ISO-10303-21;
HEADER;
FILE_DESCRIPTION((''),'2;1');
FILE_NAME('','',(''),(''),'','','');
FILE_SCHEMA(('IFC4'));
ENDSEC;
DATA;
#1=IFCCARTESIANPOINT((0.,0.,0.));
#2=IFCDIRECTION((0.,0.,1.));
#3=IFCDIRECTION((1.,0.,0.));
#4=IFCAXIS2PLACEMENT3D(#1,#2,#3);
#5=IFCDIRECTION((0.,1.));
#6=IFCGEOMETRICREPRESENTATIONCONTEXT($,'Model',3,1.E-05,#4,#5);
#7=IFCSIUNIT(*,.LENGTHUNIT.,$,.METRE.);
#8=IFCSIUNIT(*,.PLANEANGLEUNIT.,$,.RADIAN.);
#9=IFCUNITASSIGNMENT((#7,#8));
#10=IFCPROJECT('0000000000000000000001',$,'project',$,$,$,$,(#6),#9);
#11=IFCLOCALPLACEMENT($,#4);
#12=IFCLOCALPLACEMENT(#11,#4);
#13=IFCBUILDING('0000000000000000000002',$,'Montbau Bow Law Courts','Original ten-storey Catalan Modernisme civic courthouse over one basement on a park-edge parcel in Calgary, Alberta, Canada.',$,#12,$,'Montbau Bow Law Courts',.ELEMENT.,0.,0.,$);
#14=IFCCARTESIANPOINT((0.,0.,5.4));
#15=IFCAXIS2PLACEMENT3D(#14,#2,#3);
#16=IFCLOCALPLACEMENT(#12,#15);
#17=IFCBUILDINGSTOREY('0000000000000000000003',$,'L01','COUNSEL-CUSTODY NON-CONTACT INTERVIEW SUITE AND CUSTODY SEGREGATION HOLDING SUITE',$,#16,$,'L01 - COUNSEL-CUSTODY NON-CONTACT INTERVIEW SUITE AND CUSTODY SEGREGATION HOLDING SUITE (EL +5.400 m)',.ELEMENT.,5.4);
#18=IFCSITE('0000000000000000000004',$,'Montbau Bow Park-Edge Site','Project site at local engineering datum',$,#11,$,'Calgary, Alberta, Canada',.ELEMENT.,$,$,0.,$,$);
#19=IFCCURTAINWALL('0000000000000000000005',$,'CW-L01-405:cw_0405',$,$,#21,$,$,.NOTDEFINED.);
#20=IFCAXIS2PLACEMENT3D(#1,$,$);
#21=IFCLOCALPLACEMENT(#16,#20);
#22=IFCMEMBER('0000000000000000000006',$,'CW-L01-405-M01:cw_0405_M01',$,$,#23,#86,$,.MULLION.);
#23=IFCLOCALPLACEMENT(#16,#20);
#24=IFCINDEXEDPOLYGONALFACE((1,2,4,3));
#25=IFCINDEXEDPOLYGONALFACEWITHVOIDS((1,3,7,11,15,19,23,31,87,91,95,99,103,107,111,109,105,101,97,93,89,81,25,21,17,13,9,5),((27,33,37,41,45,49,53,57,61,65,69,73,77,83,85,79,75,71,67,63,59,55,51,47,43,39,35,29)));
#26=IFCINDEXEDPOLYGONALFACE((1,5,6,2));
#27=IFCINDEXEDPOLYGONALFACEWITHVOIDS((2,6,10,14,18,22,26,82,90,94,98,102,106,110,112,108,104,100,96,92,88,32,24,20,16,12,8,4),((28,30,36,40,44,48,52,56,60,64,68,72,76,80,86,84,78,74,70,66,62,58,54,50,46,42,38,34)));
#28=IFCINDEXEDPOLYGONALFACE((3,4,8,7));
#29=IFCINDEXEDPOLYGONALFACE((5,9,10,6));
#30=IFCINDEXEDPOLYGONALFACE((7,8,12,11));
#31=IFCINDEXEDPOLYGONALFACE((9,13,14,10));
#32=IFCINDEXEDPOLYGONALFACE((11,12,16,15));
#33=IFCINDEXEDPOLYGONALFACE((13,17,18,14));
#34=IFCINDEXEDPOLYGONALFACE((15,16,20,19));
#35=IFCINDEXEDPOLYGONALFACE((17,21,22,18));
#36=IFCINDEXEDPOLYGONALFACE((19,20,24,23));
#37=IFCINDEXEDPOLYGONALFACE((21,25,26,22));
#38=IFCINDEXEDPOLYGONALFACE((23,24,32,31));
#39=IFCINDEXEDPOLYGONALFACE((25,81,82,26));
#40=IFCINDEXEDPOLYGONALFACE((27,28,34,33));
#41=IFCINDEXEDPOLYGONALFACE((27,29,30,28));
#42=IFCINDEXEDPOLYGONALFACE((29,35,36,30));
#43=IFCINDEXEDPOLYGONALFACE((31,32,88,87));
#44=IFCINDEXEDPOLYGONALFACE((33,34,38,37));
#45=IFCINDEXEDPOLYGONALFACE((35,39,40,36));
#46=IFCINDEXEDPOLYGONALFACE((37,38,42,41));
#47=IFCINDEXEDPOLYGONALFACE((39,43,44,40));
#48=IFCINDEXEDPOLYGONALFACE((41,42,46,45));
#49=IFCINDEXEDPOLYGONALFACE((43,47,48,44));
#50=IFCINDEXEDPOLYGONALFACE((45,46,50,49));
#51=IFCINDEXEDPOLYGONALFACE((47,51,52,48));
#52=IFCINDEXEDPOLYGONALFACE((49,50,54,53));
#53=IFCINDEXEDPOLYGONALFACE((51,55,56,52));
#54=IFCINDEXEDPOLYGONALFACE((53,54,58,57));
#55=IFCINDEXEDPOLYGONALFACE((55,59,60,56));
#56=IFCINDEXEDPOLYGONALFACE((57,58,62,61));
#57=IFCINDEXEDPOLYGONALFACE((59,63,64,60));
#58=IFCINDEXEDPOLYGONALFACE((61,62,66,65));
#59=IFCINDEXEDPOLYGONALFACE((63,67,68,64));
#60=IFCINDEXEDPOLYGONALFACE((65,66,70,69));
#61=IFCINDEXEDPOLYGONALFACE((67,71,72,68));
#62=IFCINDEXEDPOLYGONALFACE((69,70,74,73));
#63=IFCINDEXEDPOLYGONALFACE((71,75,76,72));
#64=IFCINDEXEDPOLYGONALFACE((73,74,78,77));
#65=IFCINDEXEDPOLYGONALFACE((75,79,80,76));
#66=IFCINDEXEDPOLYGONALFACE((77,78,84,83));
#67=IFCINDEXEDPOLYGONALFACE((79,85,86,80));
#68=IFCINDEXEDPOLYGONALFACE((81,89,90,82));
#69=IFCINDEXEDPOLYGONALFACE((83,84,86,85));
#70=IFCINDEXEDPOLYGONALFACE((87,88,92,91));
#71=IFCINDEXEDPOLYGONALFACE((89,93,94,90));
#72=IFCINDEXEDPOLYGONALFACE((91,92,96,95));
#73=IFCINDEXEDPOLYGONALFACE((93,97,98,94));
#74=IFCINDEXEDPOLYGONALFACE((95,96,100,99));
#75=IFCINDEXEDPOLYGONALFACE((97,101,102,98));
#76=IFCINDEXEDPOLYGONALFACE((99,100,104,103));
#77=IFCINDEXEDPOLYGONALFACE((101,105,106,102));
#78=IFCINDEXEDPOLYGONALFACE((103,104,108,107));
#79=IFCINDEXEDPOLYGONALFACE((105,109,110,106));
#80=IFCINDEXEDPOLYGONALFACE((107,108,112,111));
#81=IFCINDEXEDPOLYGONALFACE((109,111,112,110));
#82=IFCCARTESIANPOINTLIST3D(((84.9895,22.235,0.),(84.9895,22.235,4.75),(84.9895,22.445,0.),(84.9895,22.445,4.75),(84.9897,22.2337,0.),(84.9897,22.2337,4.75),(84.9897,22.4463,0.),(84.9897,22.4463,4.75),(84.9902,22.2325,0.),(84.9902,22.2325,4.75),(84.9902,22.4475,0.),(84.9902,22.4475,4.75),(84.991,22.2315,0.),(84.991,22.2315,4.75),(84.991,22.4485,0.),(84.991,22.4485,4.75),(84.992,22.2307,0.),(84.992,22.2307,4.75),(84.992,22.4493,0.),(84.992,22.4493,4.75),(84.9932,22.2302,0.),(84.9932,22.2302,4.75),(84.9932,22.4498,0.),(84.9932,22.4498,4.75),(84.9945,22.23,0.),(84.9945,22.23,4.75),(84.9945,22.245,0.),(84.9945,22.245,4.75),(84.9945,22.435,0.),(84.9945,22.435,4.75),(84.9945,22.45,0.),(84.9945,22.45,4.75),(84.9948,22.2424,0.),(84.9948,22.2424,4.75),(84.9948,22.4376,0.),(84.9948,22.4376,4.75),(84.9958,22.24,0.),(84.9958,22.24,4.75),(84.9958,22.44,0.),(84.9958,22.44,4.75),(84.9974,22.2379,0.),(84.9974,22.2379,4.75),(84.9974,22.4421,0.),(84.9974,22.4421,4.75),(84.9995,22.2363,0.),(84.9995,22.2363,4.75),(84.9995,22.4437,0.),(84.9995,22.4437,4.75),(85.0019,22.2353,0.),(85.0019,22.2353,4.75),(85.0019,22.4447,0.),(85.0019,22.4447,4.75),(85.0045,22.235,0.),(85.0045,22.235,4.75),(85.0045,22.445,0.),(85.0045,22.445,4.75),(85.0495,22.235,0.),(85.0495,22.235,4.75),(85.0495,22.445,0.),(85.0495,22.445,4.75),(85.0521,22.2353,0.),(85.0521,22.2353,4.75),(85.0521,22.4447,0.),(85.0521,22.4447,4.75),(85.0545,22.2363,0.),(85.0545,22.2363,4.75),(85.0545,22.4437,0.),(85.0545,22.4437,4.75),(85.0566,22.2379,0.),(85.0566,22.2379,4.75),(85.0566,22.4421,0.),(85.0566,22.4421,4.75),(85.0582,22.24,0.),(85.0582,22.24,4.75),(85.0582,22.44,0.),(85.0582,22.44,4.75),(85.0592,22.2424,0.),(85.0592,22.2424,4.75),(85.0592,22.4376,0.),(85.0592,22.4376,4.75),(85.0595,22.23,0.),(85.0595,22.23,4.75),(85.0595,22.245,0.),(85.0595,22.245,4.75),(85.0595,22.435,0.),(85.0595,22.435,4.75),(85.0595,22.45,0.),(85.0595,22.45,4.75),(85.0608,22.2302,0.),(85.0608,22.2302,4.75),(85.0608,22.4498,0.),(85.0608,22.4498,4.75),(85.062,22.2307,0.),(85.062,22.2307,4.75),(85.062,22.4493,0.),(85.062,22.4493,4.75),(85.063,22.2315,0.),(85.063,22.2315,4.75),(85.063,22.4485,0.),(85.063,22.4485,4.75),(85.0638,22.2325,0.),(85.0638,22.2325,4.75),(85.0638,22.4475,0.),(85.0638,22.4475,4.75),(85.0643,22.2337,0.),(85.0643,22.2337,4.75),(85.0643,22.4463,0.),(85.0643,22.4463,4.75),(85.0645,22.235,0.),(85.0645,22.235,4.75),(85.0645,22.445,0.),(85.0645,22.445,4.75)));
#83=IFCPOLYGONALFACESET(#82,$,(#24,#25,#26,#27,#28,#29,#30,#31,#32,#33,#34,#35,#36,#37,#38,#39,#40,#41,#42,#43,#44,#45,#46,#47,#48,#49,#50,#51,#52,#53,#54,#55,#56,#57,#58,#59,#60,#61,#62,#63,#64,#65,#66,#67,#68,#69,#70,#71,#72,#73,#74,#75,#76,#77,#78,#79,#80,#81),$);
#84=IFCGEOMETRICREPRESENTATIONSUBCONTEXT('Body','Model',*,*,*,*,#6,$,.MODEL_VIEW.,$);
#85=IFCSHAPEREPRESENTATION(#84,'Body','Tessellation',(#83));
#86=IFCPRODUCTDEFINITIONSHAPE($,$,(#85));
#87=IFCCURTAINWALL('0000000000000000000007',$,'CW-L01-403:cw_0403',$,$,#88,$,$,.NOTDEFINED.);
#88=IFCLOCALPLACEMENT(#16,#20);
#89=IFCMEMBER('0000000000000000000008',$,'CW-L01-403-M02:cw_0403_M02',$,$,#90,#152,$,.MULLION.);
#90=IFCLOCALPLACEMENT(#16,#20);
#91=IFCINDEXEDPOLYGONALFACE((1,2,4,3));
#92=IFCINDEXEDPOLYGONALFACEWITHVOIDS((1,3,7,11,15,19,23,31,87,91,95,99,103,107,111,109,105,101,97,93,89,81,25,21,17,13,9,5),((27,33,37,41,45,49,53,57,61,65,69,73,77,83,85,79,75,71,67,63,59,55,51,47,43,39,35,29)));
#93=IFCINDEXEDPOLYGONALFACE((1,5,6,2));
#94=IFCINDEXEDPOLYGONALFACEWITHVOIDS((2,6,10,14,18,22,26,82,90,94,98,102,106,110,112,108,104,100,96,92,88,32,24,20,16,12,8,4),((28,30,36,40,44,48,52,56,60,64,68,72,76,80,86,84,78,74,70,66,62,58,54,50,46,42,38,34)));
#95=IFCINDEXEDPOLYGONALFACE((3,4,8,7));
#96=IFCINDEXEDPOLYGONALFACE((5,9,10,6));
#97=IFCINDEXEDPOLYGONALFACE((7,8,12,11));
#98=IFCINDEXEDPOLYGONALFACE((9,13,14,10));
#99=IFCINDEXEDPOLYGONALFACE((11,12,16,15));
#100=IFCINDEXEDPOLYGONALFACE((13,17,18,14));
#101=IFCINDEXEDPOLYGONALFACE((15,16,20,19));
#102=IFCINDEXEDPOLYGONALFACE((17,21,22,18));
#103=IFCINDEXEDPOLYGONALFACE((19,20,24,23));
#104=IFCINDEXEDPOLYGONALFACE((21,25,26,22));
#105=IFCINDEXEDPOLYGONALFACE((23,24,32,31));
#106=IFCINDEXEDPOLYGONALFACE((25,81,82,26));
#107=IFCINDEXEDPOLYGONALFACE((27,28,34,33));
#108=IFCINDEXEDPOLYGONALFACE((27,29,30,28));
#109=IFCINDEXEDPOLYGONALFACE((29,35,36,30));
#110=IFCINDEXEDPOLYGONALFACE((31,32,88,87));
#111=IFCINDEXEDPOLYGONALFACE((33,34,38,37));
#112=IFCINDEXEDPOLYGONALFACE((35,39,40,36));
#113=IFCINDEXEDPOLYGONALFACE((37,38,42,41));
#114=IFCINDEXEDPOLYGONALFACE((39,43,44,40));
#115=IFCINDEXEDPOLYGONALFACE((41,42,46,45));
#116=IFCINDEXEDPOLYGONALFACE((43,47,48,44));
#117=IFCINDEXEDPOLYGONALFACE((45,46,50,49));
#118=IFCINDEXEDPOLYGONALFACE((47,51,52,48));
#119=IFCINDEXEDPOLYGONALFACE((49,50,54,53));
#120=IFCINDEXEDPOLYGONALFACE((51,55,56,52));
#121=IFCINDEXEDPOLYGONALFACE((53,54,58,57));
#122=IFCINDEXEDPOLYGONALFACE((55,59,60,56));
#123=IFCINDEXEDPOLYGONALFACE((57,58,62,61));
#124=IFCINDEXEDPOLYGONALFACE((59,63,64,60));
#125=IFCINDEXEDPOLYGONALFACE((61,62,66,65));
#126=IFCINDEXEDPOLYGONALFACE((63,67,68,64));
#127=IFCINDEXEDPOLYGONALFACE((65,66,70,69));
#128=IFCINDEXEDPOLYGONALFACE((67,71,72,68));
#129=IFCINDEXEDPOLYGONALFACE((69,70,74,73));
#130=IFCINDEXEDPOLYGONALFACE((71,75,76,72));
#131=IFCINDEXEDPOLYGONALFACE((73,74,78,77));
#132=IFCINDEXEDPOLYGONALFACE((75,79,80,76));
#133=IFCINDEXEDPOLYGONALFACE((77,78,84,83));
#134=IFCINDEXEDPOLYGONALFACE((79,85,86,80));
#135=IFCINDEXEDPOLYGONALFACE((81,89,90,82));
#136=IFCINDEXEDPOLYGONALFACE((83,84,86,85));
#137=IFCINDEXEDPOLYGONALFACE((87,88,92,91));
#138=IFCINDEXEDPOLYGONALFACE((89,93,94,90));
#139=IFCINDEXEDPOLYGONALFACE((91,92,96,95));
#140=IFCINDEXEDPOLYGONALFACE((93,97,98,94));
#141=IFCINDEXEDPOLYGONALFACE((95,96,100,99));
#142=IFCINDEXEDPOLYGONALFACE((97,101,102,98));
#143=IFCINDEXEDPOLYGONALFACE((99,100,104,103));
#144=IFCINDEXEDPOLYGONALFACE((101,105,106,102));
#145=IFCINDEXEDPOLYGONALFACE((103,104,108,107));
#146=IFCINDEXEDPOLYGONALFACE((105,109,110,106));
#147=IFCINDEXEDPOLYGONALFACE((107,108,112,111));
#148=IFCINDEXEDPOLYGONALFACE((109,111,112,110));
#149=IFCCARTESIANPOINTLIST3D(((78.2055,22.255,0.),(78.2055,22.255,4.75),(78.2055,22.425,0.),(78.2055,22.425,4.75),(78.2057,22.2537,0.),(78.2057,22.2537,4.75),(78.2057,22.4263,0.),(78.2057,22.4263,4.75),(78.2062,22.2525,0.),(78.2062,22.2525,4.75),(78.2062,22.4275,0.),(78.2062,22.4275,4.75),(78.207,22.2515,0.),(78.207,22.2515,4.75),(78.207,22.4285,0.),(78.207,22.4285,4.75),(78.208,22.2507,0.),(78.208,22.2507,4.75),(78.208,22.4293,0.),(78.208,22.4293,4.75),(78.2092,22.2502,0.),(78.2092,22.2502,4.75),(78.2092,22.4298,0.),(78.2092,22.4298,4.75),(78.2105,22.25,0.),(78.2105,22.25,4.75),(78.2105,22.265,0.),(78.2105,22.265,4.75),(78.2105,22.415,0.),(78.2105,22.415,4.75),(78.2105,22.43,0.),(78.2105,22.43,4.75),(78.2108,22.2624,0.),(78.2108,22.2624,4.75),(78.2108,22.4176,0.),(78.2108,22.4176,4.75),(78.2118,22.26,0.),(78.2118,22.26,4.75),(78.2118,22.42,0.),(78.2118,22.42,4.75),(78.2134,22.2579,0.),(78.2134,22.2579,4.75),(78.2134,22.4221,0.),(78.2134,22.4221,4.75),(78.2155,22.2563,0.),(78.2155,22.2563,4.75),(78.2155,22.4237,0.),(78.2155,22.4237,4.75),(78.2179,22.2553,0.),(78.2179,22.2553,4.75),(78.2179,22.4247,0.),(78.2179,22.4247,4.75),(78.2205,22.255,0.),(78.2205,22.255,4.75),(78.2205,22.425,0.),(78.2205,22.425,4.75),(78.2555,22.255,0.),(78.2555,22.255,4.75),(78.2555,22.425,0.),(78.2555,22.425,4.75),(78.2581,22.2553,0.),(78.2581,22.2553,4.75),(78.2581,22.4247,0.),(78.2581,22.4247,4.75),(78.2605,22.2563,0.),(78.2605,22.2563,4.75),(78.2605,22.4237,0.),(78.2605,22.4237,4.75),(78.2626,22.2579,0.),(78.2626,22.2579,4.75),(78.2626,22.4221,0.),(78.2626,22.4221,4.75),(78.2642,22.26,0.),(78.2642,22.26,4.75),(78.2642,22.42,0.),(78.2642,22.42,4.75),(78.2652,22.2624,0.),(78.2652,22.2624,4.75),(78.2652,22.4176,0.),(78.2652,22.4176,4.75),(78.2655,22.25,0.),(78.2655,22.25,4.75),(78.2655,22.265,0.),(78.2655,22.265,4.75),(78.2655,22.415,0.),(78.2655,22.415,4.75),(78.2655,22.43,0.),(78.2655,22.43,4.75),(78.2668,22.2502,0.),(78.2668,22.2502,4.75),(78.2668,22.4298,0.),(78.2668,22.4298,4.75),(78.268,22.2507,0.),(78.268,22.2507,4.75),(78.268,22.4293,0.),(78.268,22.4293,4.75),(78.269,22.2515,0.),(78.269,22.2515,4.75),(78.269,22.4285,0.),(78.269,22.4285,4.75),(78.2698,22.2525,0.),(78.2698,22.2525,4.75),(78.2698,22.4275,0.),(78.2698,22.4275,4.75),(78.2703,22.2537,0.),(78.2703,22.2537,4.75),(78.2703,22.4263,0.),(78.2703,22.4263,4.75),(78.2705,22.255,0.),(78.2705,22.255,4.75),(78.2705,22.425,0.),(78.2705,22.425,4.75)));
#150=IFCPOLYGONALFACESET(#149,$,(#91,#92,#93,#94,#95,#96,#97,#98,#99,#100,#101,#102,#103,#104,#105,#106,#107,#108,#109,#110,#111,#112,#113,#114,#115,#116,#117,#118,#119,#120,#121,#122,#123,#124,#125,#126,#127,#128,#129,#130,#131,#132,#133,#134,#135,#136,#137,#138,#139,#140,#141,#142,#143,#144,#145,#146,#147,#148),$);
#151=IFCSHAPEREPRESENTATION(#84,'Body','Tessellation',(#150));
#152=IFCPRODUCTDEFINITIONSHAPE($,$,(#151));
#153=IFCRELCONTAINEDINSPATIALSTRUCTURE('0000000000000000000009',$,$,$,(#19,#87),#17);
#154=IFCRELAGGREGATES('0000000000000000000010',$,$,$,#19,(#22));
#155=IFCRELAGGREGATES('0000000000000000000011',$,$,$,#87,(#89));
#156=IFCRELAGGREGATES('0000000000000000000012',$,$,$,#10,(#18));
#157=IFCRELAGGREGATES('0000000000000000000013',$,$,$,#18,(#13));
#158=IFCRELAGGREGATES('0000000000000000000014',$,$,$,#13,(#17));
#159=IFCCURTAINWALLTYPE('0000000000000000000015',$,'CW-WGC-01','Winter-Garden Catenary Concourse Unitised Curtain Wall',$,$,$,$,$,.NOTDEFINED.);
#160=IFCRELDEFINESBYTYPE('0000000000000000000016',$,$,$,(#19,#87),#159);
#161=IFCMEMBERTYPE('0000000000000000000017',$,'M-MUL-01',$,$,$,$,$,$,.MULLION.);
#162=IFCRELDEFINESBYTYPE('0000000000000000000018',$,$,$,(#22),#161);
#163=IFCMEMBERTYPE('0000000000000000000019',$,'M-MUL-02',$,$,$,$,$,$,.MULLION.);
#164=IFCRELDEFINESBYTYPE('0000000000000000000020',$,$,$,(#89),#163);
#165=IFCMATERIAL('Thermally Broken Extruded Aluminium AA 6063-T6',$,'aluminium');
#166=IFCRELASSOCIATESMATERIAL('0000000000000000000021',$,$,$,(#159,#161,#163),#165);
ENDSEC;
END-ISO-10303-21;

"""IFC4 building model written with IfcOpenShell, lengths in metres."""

from ifc_helpers import new_model, si_unit, direction, frame, origin_with_axes, origin_2d_with_axis, place, context, subcontext, project, spatial, hollow_rectangle, extrude, material, material_profile, profile_set, type_object, element, aggregate, save


model = new_model("IFC4")

# Units and contexts
model_context = context("Model", 3, precision=1e-05, world=origin_with_axes(), true_north=direction((0.0, 1.0)))
body_context = subcontext(model_context, "Body", "Model", "MODEL_VIEW")
ifc_project = project(units=[si_unit("LENGTHUNIT", "METRE"), si_unit("PLANEANGLEUNIT", "RADIAN")], contexts=[model_context])

# Site, building, storey
site_placement = place(None, origin_with_axes())
site = spatial("IfcSite", under=ifc_project, at=site_placement, Name="Montbau Bow Park-Edge Site", Description="Project site at local engineering datum", LongName="Calgary, Alberta, Canada", CompositionType="ELEMENT", RefElevation=0.0)
building_placement = place(site_placement, origin_with_axes())
building = spatial("IfcBuilding", under=site, at=building_placement, Name="Montbau Bow Law Courts", Description="Original ten-storey Catalan Modernisme civic courthouse over one basement on a park-edge parcel in Calgary, Alberta, Canada.", LongName="Montbau Bow Law Courts", CompositionType="ELEMENT", ElevationOfRefHeight=0.0, ElevationOfTerrain=0.0)
storey_placement = place(building_placement, frame((0.0, 0.0, 5.4), z_axis=(0.0, 0.0, 1.0), x_axis=(1.0, 0.0, 0.0)))
storey = spatial("IfcBuildingStorey", under=building, at=storey_placement, Name="L01", Description="COUNSEL-CUSTODY NON-CONTACT INTERVIEW SUITE AND CUSTODY SEGREGATION HOLDING SUITE", LongName="L01 - COUNSEL-CUSTODY NON-CONTACT INTERVIEW SUITE AND CUSTODY SEGREGATION HOLDING SUITE (EL +5.400 m)", CompositionType="ELEMENT", Elevation=5.4)

# Curtain wall, member
ifc_material_1 = material(Name="Thermally Broken Extruded Aluminium AA 6063-T6", Category="aluminium")
curtain_wall_type = type_object("IfcCurtainWallType", Name="CW-WGC-01", Description="Winter-Garden Catenary Concourse Unitised Curtain Wall", PredefinedType="NOTDEFINED", material=ifc_material_1)
curtain_wall_1_placement = place(None, frame((84.99, 22.34, 5.4), z_axis=(0.0, 0.0, 1.0), x_axis=(1.0, 0.0, 0.0)))
curtain_wall_1 = element("IfcCurtainWall", 1, at=curtain_wall_1_placement, inside=storey, type_object=curtain_wall_type, Name="CW-L01-405:cw_0405", PredefinedType="NOTDEFINED")
ifc_material_profile_1 = material_profile(ifc_material_1, hollow_rectangle(XDim=0.075, YDim=0.22, WallThickness=0.005, InnerFilletRadius=0.01, OuterFilletRadius=0.005, at=origin_2d_with_axis()), Name="CWM-220X75", Category="Main", Priority=0)
ifc_profile_set_1 = profile_set([ifc_material_profile_1], Name="Thermally Broken Extruded Aluminium AA 6063-T6")
member_type_1 = type_object("IfcMemberType", Name="M-MUL-01", PredefinedType="MULLION", material=ifc_profile_set_1)
member_1_placement = place(None, frame((85.027, 22.34, 5.4), z_axis=(0.0, 0.0, 1.0), x_axis=(1.0, 0.0, 0.0)))
member_1 = element("IfcMember", 2, at=member_1_placement, type_object=member_type_1, Name="CW-L01-405-M01:cw_0405_M01", PredefinedType="MULLION", context=body_context, shape_type="SweptSolid", body=[
    extrude(hollow_rectangle(XDim=0.075, YDim=0.22, WallThickness=0.005, InnerFilletRadius=0.01, OuterFilletRadius=0.005, at=origin_2d_with_axis()), origin_with_axes(), (0.0, 0.0, 1.0), 4.75),
])

# Curtain wall, member
curtain_wall_2_placement = place(None, frame((76.59, 22.34, 5.4), z_axis=(0.0, 0.0, 1.0), x_axis=(1.0, 0.0, 0.0)))
curtain_wall_2 = element("IfcCurtainWall", 3, at=curtain_wall_2_placement, inside=storey, type_object=curtain_wall_type, Name="CW-L01-403:cw_0403", PredefinedType="NOTDEFINED")
ifc_material_profile_2 = material_profile(ifc_material_1, hollow_rectangle(XDim=0.065, YDim=0.18, WallThickness=0.005, InnerFilletRadius=0.01, OuterFilletRadius=0.005, at=origin_2d_with_axis()), Name="CWM-180X65", Category="Main", Priority=0)
ifc_profile_set_2 = profile_set([ifc_material_profile_2], Name="Thermally Broken Extruded Aluminium AA 6063-T6")
member_type_2 = type_object("IfcMemberType", Name="M-MUL-02", PredefinedType="MULLION", material=ifc_profile_set_2)
member_2_placement = place(None, frame((78.238, 22.34, 5.4), z_axis=(0.0, 0.0, 1.0), x_axis=(1.0, 0.0, 0.0)))
member_2 = element("IfcMember", 4, at=member_2_placement, type_object=member_type_2, Name="CW-L01-403-M02:cw_0403_M02", PredefinedType="MULLION", context=body_context, shape_type="SweptSolid", body=[
    extrude(hollow_rectangle(XDim=0.065, YDim=0.18, WallThickness=0.005, InnerFilletRadius=0.01, OuterFilletRadius=0.005, at=origin_2d_with_axis()), origin_with_axes(), (0.0, 0.0, 1.0), 4.75),
])

aggregate(curtain_wall_1, [member_1])
aggregate(curtain_wall_2, [member_2])

save(model, "model.ifc")
